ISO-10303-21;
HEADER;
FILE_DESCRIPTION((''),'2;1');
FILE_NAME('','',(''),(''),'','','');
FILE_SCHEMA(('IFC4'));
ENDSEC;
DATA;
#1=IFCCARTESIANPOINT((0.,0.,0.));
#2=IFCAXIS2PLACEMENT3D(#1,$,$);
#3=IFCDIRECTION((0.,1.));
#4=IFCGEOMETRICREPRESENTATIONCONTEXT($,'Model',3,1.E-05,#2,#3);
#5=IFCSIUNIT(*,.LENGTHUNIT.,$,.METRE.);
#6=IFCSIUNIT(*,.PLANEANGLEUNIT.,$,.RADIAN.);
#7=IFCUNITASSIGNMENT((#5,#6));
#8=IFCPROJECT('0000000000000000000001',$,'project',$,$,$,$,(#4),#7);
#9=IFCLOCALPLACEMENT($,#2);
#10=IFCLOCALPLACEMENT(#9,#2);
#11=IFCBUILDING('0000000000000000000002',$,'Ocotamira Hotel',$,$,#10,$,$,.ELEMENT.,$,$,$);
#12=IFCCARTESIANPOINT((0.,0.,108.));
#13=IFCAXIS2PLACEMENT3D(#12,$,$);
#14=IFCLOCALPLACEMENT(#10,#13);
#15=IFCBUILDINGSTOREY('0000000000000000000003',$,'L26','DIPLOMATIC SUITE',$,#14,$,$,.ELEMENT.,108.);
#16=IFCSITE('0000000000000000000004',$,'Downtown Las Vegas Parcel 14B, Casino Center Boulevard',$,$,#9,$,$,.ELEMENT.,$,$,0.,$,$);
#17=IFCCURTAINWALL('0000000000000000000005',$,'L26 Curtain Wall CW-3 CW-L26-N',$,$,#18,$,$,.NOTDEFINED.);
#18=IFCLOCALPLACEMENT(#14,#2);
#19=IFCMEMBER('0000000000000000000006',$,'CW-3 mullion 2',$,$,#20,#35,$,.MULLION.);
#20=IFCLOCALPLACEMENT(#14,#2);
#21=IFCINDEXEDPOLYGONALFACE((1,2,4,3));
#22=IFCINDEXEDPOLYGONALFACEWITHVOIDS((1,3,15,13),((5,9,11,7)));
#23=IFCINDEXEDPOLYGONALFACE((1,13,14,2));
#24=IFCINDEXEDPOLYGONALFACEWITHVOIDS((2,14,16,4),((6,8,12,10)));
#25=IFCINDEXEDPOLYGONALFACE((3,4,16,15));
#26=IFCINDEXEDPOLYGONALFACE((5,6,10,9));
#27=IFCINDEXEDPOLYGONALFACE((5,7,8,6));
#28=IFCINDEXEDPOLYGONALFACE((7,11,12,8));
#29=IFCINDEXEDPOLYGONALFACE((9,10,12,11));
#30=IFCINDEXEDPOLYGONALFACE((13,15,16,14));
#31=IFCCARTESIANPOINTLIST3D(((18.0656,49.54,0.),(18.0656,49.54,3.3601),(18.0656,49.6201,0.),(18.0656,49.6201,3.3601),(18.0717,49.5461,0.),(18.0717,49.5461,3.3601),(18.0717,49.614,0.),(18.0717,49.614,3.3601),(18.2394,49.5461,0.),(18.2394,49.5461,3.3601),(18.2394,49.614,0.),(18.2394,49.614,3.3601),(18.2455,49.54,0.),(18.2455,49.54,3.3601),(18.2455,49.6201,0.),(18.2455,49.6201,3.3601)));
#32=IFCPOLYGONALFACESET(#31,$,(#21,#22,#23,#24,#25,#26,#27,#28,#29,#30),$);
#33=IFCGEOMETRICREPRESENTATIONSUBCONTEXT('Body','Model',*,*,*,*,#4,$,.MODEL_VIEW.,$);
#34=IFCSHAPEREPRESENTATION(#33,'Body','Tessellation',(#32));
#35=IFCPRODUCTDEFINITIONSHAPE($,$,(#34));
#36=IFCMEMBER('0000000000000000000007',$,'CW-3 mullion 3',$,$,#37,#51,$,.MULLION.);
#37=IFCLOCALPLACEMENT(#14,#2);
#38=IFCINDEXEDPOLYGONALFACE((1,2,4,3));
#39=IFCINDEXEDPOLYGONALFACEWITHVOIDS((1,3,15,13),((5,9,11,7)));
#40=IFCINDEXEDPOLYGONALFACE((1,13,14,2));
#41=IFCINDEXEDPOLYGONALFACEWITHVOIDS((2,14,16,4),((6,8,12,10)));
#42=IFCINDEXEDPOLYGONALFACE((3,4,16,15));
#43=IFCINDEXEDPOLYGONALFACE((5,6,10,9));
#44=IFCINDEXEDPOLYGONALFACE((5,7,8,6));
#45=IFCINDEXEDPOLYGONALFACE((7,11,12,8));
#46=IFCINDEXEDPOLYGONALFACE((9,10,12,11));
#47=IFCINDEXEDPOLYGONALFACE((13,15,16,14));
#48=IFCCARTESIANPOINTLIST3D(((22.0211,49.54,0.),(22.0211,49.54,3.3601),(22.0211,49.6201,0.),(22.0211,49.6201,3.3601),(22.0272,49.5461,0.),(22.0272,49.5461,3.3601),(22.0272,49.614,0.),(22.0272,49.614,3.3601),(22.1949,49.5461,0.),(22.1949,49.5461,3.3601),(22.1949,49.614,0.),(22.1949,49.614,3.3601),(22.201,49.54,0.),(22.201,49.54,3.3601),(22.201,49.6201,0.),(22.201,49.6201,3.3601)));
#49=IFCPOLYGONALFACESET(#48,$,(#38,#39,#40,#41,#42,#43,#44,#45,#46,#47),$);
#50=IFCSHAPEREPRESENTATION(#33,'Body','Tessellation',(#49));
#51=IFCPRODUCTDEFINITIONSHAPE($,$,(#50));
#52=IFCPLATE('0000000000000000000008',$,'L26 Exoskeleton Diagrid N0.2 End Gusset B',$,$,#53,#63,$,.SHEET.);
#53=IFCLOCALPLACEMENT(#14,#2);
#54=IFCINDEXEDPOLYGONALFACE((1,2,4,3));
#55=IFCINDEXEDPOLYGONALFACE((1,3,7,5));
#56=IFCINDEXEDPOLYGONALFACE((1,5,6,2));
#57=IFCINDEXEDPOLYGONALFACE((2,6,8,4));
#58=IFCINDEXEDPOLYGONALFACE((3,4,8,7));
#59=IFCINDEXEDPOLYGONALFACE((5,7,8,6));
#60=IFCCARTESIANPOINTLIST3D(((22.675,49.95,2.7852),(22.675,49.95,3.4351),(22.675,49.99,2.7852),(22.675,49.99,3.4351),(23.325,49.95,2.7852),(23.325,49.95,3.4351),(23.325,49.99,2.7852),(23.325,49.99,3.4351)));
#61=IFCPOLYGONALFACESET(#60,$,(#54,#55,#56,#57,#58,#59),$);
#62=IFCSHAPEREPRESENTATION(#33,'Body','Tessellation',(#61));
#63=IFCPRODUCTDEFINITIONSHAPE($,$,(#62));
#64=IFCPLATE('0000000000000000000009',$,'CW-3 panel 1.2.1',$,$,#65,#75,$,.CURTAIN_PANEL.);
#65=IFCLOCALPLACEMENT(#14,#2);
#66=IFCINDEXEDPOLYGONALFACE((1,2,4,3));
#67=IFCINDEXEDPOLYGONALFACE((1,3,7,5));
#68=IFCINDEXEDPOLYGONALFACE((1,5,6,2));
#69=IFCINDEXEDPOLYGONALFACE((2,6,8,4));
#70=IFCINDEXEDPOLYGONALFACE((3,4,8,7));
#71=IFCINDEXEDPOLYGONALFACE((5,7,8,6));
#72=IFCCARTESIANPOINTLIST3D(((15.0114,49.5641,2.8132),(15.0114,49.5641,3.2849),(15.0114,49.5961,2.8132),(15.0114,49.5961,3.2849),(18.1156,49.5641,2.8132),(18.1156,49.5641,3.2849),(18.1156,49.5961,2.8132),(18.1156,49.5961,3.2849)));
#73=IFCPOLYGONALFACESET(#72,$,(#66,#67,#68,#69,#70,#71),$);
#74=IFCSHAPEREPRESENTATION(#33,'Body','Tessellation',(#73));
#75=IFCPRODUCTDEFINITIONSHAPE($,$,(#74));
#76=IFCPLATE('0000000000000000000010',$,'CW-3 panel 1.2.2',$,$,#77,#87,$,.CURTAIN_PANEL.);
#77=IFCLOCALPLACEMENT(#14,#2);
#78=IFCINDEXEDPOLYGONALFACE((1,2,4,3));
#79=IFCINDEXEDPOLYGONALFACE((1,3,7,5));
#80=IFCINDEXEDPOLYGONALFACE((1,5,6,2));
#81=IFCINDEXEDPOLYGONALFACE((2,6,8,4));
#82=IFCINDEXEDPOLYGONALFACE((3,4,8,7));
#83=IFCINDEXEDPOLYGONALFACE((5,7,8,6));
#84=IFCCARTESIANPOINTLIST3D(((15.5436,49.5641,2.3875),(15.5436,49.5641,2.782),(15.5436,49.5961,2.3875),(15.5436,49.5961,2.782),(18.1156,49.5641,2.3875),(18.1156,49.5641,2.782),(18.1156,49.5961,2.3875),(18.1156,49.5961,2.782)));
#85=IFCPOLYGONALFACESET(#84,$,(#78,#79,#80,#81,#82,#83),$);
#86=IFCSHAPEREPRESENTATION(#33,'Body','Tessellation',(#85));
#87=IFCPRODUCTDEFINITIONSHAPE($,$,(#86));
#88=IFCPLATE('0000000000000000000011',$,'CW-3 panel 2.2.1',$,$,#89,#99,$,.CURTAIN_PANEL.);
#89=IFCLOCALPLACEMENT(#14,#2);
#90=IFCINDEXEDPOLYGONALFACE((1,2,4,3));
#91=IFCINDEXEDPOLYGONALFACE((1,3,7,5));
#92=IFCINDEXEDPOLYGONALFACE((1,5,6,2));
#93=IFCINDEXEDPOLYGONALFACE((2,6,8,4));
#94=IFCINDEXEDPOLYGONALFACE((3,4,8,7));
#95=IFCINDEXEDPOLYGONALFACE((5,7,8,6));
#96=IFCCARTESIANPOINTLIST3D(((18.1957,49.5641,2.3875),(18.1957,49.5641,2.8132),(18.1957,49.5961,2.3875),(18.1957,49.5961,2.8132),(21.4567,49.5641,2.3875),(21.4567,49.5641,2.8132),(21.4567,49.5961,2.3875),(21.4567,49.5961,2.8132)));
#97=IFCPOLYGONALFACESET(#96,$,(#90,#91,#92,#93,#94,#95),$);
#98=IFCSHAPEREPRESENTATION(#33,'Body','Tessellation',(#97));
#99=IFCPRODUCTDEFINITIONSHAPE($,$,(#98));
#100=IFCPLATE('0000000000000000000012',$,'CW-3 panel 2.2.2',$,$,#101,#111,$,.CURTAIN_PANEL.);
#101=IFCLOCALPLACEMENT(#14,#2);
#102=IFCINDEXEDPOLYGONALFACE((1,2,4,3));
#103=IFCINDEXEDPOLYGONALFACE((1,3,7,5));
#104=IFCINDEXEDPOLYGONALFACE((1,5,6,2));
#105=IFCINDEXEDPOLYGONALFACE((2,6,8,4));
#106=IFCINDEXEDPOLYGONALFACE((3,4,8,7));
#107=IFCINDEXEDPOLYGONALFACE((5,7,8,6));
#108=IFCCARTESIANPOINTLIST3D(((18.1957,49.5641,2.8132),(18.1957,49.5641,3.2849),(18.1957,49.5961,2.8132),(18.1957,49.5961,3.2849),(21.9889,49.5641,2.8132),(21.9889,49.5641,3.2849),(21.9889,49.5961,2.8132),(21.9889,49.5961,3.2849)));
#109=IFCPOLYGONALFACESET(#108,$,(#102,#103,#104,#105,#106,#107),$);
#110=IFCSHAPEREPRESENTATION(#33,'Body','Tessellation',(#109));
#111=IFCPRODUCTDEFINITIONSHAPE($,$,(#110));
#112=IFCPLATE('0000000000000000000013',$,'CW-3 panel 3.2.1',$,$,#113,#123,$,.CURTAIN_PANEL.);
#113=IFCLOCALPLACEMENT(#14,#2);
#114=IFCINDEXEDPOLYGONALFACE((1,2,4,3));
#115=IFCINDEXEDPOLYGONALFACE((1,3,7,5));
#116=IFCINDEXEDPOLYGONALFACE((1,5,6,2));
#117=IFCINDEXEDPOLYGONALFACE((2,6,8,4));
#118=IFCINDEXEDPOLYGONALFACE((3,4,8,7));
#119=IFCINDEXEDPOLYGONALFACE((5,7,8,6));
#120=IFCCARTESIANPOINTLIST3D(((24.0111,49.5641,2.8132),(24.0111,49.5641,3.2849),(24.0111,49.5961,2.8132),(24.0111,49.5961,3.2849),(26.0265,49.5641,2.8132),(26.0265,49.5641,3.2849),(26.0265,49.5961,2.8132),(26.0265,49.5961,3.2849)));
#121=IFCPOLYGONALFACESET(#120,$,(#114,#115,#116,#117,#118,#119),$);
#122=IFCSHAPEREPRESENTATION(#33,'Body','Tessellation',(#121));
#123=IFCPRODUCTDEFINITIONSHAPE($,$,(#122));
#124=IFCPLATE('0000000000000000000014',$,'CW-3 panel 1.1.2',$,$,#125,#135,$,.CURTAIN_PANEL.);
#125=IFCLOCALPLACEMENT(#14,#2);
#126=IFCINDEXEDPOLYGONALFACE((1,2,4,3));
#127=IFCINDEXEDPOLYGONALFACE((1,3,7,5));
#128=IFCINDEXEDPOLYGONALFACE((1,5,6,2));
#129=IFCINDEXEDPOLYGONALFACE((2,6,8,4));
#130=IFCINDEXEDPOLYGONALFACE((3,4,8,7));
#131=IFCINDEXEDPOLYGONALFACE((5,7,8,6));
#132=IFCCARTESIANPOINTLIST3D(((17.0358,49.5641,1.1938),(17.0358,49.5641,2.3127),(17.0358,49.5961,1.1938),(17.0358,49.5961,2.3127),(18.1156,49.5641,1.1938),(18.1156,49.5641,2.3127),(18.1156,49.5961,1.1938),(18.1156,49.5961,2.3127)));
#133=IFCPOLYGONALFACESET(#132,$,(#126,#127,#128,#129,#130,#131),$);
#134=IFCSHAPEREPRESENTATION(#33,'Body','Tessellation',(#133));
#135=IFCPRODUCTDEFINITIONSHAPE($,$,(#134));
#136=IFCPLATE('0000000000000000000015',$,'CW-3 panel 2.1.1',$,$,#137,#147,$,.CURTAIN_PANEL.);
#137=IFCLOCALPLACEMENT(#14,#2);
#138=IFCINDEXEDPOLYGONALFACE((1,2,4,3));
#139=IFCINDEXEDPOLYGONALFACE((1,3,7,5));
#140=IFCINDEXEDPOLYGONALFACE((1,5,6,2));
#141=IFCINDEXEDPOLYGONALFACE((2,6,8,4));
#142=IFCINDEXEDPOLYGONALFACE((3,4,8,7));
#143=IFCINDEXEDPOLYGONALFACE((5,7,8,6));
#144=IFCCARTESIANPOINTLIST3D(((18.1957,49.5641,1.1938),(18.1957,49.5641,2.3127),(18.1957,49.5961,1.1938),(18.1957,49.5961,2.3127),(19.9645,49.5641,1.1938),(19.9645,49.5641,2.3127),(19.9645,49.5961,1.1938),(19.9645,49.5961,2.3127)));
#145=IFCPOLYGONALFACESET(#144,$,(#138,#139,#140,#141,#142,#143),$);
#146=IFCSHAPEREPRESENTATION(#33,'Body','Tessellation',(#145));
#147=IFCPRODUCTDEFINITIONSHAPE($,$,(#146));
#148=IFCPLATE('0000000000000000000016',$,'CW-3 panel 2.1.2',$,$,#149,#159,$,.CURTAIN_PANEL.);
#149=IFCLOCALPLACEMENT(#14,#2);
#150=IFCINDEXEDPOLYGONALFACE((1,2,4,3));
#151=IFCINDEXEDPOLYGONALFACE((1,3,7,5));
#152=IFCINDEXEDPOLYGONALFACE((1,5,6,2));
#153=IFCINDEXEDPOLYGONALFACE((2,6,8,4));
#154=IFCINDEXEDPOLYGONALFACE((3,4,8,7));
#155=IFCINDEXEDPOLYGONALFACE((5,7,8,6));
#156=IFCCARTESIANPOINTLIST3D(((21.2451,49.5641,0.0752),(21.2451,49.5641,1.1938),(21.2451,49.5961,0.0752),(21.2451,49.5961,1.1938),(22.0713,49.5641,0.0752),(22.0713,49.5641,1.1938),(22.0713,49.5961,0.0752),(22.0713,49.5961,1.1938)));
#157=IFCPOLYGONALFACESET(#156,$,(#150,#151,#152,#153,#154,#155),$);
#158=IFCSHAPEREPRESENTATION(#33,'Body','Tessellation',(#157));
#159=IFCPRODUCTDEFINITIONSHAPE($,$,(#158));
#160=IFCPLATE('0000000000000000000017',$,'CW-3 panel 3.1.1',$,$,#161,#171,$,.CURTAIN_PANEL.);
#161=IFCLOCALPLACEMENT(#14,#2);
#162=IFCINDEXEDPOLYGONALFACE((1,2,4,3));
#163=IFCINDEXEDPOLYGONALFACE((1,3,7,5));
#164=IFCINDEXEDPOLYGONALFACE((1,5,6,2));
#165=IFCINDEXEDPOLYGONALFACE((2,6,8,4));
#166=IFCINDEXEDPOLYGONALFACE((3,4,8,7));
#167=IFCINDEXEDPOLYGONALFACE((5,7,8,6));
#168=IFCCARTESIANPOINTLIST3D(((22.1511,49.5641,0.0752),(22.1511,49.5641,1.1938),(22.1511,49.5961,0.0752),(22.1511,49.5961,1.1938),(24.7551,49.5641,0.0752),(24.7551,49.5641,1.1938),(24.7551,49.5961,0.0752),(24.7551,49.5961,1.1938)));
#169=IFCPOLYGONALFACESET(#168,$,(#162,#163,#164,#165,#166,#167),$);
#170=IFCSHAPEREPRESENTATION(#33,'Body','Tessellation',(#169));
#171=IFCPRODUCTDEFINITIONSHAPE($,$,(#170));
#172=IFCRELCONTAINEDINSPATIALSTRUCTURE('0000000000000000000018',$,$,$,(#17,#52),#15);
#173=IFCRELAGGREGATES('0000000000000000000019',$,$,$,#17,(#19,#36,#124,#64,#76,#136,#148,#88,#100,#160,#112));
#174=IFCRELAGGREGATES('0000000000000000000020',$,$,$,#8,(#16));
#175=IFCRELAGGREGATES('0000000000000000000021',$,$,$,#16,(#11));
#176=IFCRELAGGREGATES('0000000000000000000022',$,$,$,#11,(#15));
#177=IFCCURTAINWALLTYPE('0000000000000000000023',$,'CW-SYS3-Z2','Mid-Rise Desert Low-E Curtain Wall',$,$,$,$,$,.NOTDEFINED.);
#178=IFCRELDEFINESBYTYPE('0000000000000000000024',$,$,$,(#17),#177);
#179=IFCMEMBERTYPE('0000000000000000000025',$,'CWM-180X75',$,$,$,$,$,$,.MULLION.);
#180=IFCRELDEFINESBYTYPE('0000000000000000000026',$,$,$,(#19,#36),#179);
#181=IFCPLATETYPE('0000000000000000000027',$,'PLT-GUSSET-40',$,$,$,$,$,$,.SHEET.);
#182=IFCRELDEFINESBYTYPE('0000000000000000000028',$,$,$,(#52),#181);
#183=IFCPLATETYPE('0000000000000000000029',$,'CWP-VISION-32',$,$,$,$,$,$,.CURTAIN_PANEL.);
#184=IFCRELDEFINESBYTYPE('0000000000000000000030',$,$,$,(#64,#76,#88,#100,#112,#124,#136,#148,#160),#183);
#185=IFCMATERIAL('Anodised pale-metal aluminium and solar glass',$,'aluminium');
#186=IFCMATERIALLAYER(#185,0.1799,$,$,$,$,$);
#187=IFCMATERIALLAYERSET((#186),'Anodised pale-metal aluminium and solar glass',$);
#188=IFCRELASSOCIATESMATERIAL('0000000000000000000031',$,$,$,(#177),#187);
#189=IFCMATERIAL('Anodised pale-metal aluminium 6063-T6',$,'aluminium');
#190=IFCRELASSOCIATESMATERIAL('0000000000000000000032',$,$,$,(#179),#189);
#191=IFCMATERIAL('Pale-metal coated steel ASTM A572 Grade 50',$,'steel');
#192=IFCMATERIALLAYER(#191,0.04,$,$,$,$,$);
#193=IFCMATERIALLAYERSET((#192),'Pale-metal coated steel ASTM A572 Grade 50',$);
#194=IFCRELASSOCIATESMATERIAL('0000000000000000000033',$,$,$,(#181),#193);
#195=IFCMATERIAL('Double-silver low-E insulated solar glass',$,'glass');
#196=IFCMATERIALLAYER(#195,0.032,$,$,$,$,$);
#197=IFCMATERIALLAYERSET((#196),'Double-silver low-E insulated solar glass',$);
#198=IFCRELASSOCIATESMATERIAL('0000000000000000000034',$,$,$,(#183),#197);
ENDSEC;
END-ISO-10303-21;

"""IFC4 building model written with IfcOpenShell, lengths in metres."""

from ifc_helpers import new_model, si_unit, direction, frame, origin, origin_2d, place, context, subcontext, project, spatial, rectangle, hollow_rectangle, extrude, source, transform, mapped, material, layer, layer_set, material_profile, profile_set, type_object, element, aggregate, save


model = new_model("IFC4")

# Units and contexts
model_context = context("Model", 3, precision=1e-05, world=origin(), true_north=direction((0.0, 1.0)))
body_context = subcontext(model_context, "Body", "Model", "MODEL_VIEW")
ifc_project = project(units=[si_unit("LENGTHUNIT", "METRE"), si_unit("PLANEANGLEUNIT", "RADIAN")], contexts=[model_context])

# Site, building, storey
site_placement = place(None, origin())
site = spatial("IfcSite", under=ifc_project, at=site_placement, Name="Downtown Las Vegas Parcel 14B, Casino Center Boulevard", CompositionType="ELEMENT", RefElevation=0.0)
building_placement = place(site_placement, origin())
building = spatial("IfcBuilding", under=site, at=building_placement, Name="Ocotamira Hotel", CompositionType="ELEMENT")
storey_placement = place(building_placement, frame((0.0, 0.0, 108.0)))
storey = spatial("IfcBuildingStorey", under=building, at=storey_placement, Name="L26", Description="DIPLOMATIC SUITE", CompositionType="ELEMENT", Elevation=108.0)

# Curtain wall, members
ifc_material_1 = material(Name="Anodised pale-metal aluminium and solar glass", Category="aluminium")
ifc_layer_1 = layer(ifc_material_1, 0.1799)
ifc_layer_set_1 = layer_set([ifc_layer_1], Name="Anodised pale-metal aluminium and solar glass")
curtain_wall_type = type_object("IfcCurtainWallType", Name="CW-SYS3-Z2", Description="Mid-Rise Desert Low-E Curtain Wall", PredefinedType="NOTDEFINED", material=ifc_layer_set_1)
curtain_wall_placement = place(storey_placement, origin())
curtain_wall = element("IfcCurtainWall", 1, at=curtain_wall_placement, inside=storey, type_object=curtain_wall_type, Name="L26 Curtain Wall CW-3 CW-L26-N", PredefinedType="NOTDEFINED")
ifc_material_2 = material(Name="Anodised pale-metal aluminium 6063-T6", Category="aluminium")
ifc_material_profile_1 = material_profile(ifc_material_2, hollow_rectangle(XDim=0.0801, YDim=0.1799, WallThickness=0.0061, at=origin_2d()), Name="HSS180X80X6")
ifc_profile_set_1 = profile_set([ifc_material_profile_1], Name="Anodised pale-metal aluminium 6063-T6")
member_type_1 = type_object("IfcMemberType", Name="CWM-180X75", PredefinedType="MULLION", material=ifc_profile_set_1)
shared_shape_1 = source(origin(), body_context, "Body", "SweptSolid", [
    extrude(hollow_rectangle(XDim=0.0801, YDim=0.1799, WallThickness=0.0061, at=origin_2d()), origin(), (0.0, 0.0, 1.0), 3.3601),
])
member_1_placement = place(storey_placement, frame((18.1555, 49.5801, 0.0), z_axis=(0.0, 0.0, 1.0), x_axis=(0.0, 1.0, 0.0)))
member_1 = element("IfcMember", 2, at=member_1_placement, type_object=member_type_1, Name="CW-3 mullion 2", PredefinedType="MULLION", context=body_context, shape_type="MappedRepresentation", body=[
    mapped(shared_shape_1, transform((0.0, 0.0, 0.0), scale=1.0)),
])
member_2_placement = place(storey_placement, frame((22.1111, 49.5801, 0.0), z_axis=(0.0, 0.0, 1.0), x_axis=(0.0, 1.0, 0.0)))
member_2 = element("IfcMember", 3, at=member_2_placement, type_object=member_type_1, Name="CW-3 mullion 3", PredefinedType="MULLION", context=body_context, shape_type="MappedRepresentation", body=[
    mapped(shared_shape_1, transform((0.0, 0.0, 0.0), scale=1.0)),
])

# Plates
ifc_material_3 = material(Name="Pale-metal coated steel ASTM A572 Grade 50", Category="steel")
ifc_layer_2 = layer(ifc_material_3, 0.04)
ifc_layer_set_2 = layer_set([ifc_layer_2], Name="Pale-metal coated steel ASTM A572 Grade 50")
plate_type_1 = type_object("IfcPlateType", Name="PLT-GUSSET-40", PredefinedType="SHEET", material=ifc_layer_set_2)
shared_shape_2 = source(origin(), body_context, "Body", "SweptSolid", [
    extrude(rectangle(XDim=0.6499, YDim=0.04, at=origin_2d()), origin(), (0.0, 0.0, 1.0), 0.6499),
])
plate_1_placement = place(storey_placement, frame((23.0, 49.97, 2.7852), z_axis=(0.0, 0.0, 1.0), x_axis=(1.0, 0.0, 0.0)))
element("IfcPlate", 4, at=plate_1_placement, inside=storey, type_object=plate_type_1, Name="L26 Exoskeleton Diagrid N0.2 End Gusset B", PredefinedType="SHEET", context=body_context, shape_type="MappedRepresentation", body=[
    mapped(shared_shape_2, transform((0.0, 0.0, 0.0), scale=1.0)),
])
ifc_material_4 = material(Name="Double-silver low-E insulated solar glass", Category="glass")
ifc_layer_3 = layer(ifc_material_4, 0.032)
ifc_layer_set_3 = layer_set([ifc_layer_3], Name="Double-silver low-E insulated solar glass")
plate_type_2 = type_object("IfcPlateType", Name="CWP-VISION-32", PredefinedType="CURTAIN_PANEL", material=ifc_layer_set_3)
shared_shape_3 = source(origin(), body_context, "Body", "SweptSolid", [
    extrude(rectangle(XDim=3.1042, YDim=0.032, at=origin_2d()), origin(), (0.0, 0.0, 1.0), 0.4717),
])
plate_2_placement = place(storey_placement, frame((16.5635, 49.5801, 2.8132), z_axis=(0.0, 0.0, 1.0), x_axis=(1.0, 0.0, 0.0)))
plate_2 = element("IfcPlate", 5, at=plate_2_placement, type_object=plate_type_2, Name="CW-3 panel 1.2.1", PredefinedType="CURTAIN_PANEL", context=body_context, shape_type="MappedRepresentation", body=[
    mapped(shared_shape_3, transform((0.0, 0.0, 0.0), scale=1.0)),
])
shared_shape_4 = source(origin(), body_context, "Body", "SweptSolid", [
    extrude(rectangle(XDim=2.572, YDim=0.032, at=origin_2d()), origin(), (0.0, 0.0, 1.0), 0.3945),
])
plate_3_placement = place(storey_placement, frame((16.8296, 49.5801, 2.3875), z_axis=(0.0, 0.0, 1.0), x_axis=(1.0, 0.0, 0.0)))
plate_3 = element("IfcPlate", 6, at=plate_3_placement, type_object=plate_type_2, Name="CW-3 panel 1.2.2", PredefinedType="CURTAIN_PANEL", context=body_context, shape_type="MappedRepresentation", body=[
    mapped(shared_shape_4, transform((0.0, 0.0, 0.0), scale=1.0)),
])
shared_shape_5 = source(origin(), body_context, "Body", "SweptSolid", [
    extrude(rectangle(XDim=3.261, YDim=0.032, at=origin_2d()), origin(), (0.0, 0.0, 1.0), 0.4258),
])
plate_4_placement = place(storey_placement, frame((19.8262, 49.5801, 2.3875), z_axis=(0.0, 0.0, 1.0), x_axis=(1.0, 0.0, 0.0)))
plate_4 = element("IfcPlate", 7, at=plate_4_placement, type_object=plate_type_2, Name="CW-3 panel 2.2.1", PredefinedType="CURTAIN_PANEL", context=body_context, shape_type="MappedRepresentation", body=[
    mapped(shared_shape_5, transform((0.0, 0.0, 0.0), scale=1.0)),
])
shared_shape_6 = source(origin(), body_context, "Body", "SweptSolid", [
    extrude(rectangle(XDim=3.7932, YDim=0.032, at=origin_2d()), origin(), (0.0, 0.0, 1.0), 0.4717),
])
plate_5_placement = place(storey_placement, frame((20.0923, 49.5801, 2.8132), z_axis=(0.0, 0.0, 1.0), x_axis=(1.0, 0.0, 0.0)))
plate_5 = element("IfcPlate", 8, at=plate_5_placement, type_object=plate_type_2, Name="CW-3 panel 2.2.2", PredefinedType="CURTAIN_PANEL", context=body_context, shape_type="MappedRepresentation", body=[
    mapped(shared_shape_6, transform((0.0, 0.0, 0.0), scale=1.0)),
])
shared_shape_7 = source(origin(), body_context, "Body", "SweptSolid", [
    extrude(rectangle(XDim=2.0154, YDim=0.032, at=origin_2d()), origin(), (0.0, 0.0, 1.0), 0.4717),
])
plate_6_placement = place(storey_placement, frame((25.0188, 49.5801, 2.8132), z_axis=(0.0, 0.0, 1.0), x_axis=(1.0, 0.0, 0.0)))
plate_6 = element("IfcPlate", 9, at=plate_6_placement, type_object=plate_type_2, Name="CW-3 panel 3.2.1", PredefinedType="CURTAIN_PANEL", context=body_context, shape_type="MappedRepresentation", body=[
    mapped(shared_shape_7, transform((0.0, 0.0, 0.0), scale=1.0)),
])
shared_shape_8 = source(origin(), body_context, "Body", "SweptSolid", [
    extrude(rectangle(XDim=1.0798, YDim=0.032, at=origin_2d()), origin(), (0.0, 0.0, 1.0), 1.1189),
])
plate_7_placement = place(storey_placement, frame((17.5757, 49.5801, 1.1938), z_axis=(0.0, 0.0, 1.0), x_axis=(1.0, 0.0, 0.0)))
plate_7 = element("IfcPlate", 10, at=plate_7_placement, type_object=plate_type_2, Name="CW-3 panel 1.1.2", PredefinedType="CURTAIN_PANEL", context=body_context, shape_type="MappedRepresentation", body=[
    mapped(shared_shape_8, transform((0.0, 0.0, 0.0), scale=1.0)),
])
shared_shape_9 = source(origin(), body_context, "Body", "SweptSolid", [
    extrude(rectangle(XDim=1.7688, YDim=0.032, at=origin_2d()), origin(), (0.0, 0.0, 1.0), 1.1189),
])
plate_8_placement = place(storey_placement, frame((19.0801, 49.5801, 1.1938), z_axis=(0.0, 0.0, 1.0), x_axis=(1.0, 0.0, 0.0)))
plate_8 = element("IfcPlate", 11, at=plate_8_placement, type_object=plate_type_2, Name="CW-3 panel 2.1.1", PredefinedType="CURTAIN_PANEL", context=body_context, shape_type="MappedRepresentation", body=[
    mapped(shared_shape_9, transform((0.0, 0.0, 0.0), scale=1.0)),
])
shared_shape_10 = source(origin(), body_context, "Body", "SweptSolid", [
    extrude(rectangle(XDim=0.8262, YDim=0.032, at=origin_2d()), origin(), (0.0, 0.0, 1.0), 1.1187),
])
plate_9_placement = place(storey_placement, frame((21.6582, 49.5801, 0.0752), z_axis=(0.0, 0.0, 1.0), x_axis=(1.0, 0.0, 0.0)))
plate_9 = element("IfcPlate", 12, at=plate_9_placement, type_object=plate_type_2, Name="CW-3 panel 2.1.2", PredefinedType="CURTAIN_PANEL", context=body_context, shape_type="MappedRepresentation", body=[
    mapped(shared_shape_10, transform((0.0, 0.0, 0.0), scale=1.0)),
])
shared_shape_11 = source(origin(), body_context, "Body", "SweptSolid", [
    extrude(rectangle(XDim=2.604, YDim=0.032, at=origin_2d()), origin(), (0.0, 0.0, 1.0), 1.1187),
])
plate_10_placement = place(storey_placement, frame((23.4531, 49.5801, 0.0752), z_axis=(0.0, 0.0, 1.0), x_axis=(1.0, 0.0, 0.0)))
plate_10 = element("IfcPlate", 13, at=plate_10_placement, type_object=plate_type_2, Name="CW-3 panel 3.1.1", PredefinedType="CURTAIN_PANEL", context=body_context, shape_type="MappedRepresentation", body=[
    mapped(shared_shape_11, transform((0.0, 0.0, 0.0), scale=1.0)),
])
aggregate(curtain_wall, [member_1, member_2, plate_7, plate_2, plate_3, plate_8, plate_9, plate_4, plate_5, plate_10, plate_6])

save(model, "model.ifc")
